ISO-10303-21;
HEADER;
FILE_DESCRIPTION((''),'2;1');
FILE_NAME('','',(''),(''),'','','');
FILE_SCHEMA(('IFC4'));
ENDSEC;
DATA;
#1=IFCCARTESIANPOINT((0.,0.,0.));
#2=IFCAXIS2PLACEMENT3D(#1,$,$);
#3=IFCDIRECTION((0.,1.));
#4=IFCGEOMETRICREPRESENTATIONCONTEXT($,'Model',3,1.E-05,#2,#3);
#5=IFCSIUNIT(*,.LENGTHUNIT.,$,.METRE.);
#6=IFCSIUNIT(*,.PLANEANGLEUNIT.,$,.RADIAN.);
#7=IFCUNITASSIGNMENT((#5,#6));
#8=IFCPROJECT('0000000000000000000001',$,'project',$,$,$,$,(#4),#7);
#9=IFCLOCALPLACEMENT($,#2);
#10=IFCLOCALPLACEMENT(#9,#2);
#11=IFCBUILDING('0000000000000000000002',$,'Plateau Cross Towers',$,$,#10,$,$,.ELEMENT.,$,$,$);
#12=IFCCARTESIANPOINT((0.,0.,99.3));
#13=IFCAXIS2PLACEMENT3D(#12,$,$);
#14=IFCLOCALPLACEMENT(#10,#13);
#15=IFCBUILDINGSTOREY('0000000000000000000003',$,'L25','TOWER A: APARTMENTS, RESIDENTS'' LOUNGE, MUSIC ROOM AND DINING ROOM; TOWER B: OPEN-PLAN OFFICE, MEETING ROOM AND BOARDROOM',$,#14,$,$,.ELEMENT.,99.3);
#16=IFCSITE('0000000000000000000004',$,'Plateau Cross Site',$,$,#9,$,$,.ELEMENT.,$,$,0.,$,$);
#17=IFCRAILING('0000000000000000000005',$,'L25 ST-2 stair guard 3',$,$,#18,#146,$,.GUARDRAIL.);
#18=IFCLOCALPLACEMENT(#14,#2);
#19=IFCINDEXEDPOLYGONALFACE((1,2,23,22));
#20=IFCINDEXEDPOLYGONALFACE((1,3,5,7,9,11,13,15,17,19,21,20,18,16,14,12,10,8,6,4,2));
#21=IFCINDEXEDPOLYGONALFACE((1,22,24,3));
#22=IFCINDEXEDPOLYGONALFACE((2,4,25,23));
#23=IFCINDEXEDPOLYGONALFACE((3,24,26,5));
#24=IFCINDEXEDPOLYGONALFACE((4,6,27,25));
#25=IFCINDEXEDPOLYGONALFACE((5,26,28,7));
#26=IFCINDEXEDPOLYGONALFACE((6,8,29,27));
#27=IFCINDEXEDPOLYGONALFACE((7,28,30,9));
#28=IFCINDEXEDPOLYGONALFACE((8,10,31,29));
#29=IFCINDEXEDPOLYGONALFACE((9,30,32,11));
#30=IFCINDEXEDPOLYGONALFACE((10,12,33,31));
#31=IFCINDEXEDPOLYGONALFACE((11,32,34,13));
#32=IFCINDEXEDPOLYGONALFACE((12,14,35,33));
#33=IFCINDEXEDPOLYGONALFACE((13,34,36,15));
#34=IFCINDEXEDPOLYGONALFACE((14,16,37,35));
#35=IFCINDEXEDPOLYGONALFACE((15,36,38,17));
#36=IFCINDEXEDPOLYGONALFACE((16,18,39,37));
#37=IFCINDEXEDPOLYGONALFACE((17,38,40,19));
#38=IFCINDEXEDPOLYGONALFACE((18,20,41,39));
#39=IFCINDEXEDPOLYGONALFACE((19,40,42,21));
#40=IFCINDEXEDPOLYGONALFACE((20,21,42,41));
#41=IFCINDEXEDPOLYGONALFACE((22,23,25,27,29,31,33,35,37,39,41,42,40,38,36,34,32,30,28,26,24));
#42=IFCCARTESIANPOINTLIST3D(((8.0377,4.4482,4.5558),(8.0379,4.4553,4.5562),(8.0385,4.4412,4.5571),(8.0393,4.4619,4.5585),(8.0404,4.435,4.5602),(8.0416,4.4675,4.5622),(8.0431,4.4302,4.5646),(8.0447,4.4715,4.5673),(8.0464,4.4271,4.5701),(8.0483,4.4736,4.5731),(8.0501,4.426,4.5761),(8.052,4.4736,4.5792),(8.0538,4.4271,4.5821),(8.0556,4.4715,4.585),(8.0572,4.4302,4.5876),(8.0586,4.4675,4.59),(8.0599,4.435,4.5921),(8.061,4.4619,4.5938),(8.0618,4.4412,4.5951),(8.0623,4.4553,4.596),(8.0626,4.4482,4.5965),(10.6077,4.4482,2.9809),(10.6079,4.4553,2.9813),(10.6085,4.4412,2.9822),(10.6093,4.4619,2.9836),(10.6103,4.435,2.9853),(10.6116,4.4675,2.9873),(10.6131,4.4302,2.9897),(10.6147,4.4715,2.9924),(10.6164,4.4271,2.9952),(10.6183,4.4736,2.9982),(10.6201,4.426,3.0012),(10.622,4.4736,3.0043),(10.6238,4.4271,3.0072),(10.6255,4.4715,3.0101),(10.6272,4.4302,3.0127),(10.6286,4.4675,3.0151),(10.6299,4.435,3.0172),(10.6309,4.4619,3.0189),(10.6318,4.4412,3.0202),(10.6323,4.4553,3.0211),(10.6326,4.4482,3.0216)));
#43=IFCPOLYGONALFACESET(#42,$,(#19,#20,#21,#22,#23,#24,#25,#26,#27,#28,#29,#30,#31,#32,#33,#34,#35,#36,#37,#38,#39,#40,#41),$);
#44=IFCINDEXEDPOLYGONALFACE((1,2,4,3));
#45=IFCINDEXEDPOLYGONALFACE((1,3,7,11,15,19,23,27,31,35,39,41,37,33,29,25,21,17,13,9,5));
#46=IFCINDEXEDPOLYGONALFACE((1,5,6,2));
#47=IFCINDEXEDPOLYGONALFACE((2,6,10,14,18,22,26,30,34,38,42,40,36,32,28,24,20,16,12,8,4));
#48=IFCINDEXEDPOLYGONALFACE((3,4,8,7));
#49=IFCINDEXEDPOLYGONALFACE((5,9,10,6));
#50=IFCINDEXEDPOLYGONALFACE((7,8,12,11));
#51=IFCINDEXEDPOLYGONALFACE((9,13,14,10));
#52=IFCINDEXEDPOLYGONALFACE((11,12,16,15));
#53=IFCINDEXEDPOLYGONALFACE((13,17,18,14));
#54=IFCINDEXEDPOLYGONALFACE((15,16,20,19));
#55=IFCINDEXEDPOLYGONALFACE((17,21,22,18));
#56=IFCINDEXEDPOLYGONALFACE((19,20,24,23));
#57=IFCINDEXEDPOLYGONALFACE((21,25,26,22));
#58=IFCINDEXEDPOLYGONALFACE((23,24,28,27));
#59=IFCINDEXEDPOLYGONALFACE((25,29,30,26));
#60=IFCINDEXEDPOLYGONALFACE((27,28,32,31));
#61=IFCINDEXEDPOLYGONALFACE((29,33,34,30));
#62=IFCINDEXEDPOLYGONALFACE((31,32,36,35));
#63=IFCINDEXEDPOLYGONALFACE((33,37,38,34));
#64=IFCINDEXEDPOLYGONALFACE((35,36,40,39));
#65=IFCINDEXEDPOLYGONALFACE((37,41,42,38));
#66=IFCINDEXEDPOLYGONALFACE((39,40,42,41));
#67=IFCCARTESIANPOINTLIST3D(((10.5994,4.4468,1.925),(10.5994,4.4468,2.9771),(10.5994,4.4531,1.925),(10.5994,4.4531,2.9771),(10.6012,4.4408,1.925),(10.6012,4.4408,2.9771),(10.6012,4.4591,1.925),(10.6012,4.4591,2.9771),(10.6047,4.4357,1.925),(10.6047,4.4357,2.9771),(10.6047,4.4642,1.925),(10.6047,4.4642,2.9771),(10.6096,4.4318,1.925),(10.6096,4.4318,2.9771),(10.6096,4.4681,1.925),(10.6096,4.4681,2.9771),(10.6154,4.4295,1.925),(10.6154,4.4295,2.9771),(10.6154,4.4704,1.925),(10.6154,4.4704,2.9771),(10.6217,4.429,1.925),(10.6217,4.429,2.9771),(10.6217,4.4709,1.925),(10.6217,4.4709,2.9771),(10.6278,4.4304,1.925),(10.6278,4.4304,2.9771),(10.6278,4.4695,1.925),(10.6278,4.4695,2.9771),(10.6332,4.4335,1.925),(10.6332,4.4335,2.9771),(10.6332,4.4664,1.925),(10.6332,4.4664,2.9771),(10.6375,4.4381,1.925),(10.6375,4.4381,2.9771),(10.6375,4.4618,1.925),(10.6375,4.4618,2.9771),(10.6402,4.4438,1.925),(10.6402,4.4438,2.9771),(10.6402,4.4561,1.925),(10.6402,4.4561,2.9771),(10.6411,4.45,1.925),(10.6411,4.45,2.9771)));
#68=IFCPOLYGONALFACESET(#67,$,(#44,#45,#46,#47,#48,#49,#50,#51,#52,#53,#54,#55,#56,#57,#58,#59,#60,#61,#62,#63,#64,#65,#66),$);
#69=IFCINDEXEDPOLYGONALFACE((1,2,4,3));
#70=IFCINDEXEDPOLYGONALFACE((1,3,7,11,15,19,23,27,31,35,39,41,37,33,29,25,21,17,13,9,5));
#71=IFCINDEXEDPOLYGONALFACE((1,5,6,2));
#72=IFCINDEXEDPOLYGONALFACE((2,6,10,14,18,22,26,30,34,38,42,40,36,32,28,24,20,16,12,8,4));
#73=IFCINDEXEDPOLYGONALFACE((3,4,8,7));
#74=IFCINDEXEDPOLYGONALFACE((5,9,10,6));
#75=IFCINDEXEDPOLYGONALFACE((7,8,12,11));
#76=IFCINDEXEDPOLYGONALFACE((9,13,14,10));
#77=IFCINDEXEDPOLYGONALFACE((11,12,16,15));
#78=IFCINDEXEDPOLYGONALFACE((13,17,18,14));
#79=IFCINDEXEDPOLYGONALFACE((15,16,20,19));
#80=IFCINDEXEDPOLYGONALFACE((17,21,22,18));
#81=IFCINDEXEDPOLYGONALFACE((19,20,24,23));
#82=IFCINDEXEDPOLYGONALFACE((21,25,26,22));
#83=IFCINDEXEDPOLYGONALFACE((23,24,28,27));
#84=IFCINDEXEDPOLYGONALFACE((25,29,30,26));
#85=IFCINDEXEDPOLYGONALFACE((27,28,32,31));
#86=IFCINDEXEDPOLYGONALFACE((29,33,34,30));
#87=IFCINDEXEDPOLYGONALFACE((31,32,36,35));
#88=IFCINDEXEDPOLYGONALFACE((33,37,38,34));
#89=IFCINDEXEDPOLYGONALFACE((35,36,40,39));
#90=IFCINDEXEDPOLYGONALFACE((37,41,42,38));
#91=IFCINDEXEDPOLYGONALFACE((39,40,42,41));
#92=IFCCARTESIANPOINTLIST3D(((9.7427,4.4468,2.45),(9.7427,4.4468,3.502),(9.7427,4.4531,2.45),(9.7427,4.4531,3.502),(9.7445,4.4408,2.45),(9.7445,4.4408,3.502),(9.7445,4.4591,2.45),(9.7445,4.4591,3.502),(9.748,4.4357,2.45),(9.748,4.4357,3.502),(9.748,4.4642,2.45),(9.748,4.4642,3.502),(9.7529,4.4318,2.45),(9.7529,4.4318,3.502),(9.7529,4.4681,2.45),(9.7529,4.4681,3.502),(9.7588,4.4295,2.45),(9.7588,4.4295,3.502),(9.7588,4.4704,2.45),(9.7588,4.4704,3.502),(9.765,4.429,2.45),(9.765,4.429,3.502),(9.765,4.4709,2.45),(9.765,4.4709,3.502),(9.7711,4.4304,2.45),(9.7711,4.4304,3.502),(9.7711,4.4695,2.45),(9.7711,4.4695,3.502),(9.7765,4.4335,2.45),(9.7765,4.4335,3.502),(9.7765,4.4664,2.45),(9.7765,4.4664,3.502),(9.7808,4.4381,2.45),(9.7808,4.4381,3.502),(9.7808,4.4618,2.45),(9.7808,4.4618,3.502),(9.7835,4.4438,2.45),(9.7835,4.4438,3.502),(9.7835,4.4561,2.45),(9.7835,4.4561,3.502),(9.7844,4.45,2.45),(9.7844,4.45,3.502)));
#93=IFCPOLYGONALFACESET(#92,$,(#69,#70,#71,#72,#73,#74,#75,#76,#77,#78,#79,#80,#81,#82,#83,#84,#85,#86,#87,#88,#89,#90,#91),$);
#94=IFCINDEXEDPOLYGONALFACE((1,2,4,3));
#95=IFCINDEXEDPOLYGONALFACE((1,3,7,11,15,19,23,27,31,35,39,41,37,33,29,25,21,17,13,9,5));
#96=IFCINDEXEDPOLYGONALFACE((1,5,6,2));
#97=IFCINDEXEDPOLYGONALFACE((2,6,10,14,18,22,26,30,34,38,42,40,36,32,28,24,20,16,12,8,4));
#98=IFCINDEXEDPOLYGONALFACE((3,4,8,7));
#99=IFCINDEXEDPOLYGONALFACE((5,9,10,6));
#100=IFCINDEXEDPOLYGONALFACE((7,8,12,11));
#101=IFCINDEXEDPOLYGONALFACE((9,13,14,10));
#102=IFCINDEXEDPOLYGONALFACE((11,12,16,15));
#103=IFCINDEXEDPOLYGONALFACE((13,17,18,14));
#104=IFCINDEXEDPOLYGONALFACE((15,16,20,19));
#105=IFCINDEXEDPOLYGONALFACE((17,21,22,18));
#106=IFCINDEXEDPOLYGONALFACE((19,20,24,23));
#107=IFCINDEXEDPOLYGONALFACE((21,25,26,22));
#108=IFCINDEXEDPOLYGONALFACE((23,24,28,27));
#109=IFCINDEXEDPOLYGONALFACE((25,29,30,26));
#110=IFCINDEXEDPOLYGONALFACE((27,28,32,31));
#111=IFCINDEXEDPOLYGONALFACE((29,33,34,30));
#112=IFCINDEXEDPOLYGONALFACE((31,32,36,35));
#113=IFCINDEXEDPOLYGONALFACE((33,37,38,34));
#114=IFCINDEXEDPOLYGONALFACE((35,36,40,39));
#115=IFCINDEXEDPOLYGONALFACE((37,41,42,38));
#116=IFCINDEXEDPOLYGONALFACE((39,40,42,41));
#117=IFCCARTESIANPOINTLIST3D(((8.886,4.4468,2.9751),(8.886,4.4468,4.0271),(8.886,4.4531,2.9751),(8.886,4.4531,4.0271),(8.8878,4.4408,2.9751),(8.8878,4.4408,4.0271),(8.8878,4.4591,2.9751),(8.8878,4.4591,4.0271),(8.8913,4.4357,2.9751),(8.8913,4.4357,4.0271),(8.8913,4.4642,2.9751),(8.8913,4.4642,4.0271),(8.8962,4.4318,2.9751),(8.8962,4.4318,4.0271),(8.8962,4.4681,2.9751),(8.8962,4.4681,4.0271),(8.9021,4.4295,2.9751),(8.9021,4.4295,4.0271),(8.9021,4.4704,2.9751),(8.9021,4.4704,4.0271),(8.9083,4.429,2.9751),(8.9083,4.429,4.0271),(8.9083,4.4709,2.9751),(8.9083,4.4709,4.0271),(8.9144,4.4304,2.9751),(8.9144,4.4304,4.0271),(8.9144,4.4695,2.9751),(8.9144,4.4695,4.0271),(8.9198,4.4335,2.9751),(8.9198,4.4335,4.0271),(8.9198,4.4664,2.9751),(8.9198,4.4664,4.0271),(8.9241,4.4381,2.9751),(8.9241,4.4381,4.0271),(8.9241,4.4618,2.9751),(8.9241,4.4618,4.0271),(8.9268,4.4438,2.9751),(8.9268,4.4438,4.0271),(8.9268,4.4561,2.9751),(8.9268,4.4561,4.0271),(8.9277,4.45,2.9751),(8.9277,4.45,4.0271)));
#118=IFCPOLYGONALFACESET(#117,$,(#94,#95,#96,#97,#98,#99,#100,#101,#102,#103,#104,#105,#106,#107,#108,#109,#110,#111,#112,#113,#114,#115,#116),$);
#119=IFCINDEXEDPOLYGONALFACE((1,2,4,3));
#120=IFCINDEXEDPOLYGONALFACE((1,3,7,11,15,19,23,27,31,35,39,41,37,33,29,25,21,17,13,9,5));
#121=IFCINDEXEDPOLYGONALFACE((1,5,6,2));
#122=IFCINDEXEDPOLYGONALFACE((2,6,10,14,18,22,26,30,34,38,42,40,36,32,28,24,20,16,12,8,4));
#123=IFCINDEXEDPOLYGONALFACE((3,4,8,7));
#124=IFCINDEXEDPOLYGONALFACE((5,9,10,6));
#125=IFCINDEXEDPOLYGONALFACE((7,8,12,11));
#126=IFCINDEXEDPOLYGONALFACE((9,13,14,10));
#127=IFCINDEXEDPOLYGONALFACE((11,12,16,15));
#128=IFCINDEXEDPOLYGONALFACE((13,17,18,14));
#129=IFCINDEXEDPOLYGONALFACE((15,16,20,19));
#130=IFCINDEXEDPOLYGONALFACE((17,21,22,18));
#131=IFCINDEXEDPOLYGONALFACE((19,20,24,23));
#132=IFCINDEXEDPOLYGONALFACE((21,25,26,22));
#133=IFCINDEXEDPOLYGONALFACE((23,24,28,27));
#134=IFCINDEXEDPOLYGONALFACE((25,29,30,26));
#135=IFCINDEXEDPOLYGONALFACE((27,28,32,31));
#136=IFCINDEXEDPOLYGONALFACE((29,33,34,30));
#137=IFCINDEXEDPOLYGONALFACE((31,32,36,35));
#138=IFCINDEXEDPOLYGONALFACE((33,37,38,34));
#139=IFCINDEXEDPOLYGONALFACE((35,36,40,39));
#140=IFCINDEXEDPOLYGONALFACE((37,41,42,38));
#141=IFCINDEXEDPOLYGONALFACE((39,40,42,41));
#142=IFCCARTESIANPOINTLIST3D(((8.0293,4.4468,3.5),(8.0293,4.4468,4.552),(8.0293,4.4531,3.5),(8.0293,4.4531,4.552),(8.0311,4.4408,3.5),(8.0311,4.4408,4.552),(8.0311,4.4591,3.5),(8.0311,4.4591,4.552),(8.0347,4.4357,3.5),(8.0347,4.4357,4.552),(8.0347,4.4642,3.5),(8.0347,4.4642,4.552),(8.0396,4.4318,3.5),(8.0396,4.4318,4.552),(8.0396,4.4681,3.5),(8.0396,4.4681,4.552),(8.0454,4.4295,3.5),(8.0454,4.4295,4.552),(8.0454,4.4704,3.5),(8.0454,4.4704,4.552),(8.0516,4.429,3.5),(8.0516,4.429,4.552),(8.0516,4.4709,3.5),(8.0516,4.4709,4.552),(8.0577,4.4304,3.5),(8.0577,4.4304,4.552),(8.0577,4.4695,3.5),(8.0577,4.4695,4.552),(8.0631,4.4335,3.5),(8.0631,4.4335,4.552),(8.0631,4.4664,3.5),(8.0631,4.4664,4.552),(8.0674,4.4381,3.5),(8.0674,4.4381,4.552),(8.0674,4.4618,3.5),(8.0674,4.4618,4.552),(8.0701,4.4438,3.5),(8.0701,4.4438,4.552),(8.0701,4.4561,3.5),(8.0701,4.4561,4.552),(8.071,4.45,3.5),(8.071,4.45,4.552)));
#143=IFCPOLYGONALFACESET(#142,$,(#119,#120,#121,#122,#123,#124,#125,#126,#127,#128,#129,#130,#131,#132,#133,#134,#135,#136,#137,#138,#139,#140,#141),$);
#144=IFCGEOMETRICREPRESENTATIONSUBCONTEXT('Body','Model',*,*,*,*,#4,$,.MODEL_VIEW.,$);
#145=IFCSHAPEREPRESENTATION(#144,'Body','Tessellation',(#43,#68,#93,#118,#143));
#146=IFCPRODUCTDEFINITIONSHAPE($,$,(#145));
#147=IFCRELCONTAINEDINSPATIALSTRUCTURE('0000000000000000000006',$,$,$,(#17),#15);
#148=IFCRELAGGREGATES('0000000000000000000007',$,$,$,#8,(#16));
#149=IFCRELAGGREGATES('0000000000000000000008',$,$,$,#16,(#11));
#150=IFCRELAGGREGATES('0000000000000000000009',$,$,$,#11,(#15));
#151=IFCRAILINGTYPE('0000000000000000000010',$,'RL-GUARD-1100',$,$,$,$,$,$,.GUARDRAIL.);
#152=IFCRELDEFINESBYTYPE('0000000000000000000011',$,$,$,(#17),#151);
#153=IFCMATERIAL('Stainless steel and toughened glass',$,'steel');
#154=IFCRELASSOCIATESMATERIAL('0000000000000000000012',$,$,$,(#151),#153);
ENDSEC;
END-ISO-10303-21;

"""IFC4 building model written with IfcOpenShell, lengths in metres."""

from ifc_helpers import new_model, si_unit, direction, frame, origin, origin_2d, place, context, subcontext, project, spatial, circle, extrude, material, type_object, element, save


model = new_model("IFC4")

# Units and contexts
model_context = context("Model", 3, precision=1e-05, world=origin(), true_north=direction((0.0, 1.0)))
body_context = subcontext(model_context, "Body", "Model", "MODEL_VIEW")
ifc_project = project(units=[si_unit("LENGTHUNIT", "METRE"), si_unit("PLANEANGLEUNIT", "RADIAN")], contexts=[model_context])

# Site, building, storey
site_placement = place(None, origin())
site = spatial("IfcSite", under=ifc_project, at=site_placement, Name="Plateau Cross Site", CompositionType="ELEMENT", RefElevation=0.0)
building_placement = place(site_placement, origin())
building = spatial("IfcBuilding", under=site, at=building_placement, Name="Plateau Cross Towers", CompositionType="ELEMENT")
storey_placement = place(building_placement, frame((0.0, 0.0, 99.3)))
storey = spatial("IfcBuildingStorey", under=building, at=storey_placement, Name="L25", Description="TOWER A: APARTMENTS, RESIDENTS' LOUNGE, MUSIC ROOM AND DINING ROOM; TOWER B: OPEN-PLAN OFFICE, MEETING ROOM AND BOARDROOM", CompositionType="ELEMENT", Elevation=99.3)

# Railing
ifc_material_1 = material(Name="Stainless steel and toughened glass", Category="steel")
railing_type_1 = type_object("IfcRailingType", Name="RL-GUARD-1100", PredefinedType="GUARDRAIL", material=ifc_material_1)
railing_1_placement = place(storey_placement, frame((10.6201, 4.45, 1.925)))
element("IfcRailing", 1, at=railing_1_placement, inside=storey, type_object=railing_type_1, Name="L25 ST-2 stair guard 3", PredefinedType="GUARDRAIL", context=body_context, shape_type="SweptSolid", body=[
    extrude(circle(Radius=0.0239, at=origin_2d()), frame((0.0, 0.0, 1.0762), z_axis=(-0.852639, 0.0, 0.522501), x_axis=(0.0, -1.0, 0.0)), (0.0, 0.0, 1.0), 3.0142),
    extrude(circle(Radius=0.021, at=origin_2d()), origin(), (0.0, 0.0, 1.0), 1.052),
    extrude(circle(Radius=0.021, at=origin_2d()), frame((-0.8567, 0.0, 0.5249)), (0.0, 0.0, 1.0), 1.052),
    extrude(circle(Radius=0.021, at=origin_2d()), frame((-1.7134, 0.0, 1.05)), (0.0, 0.0, 1.0), 1.052),
    extrude(circle(Radius=0.021, at=origin_2d()), frame((-2.5701, 0.0, 1.575)), (0.0, 0.0, 1.0), 1.052),
])

save(model, "model.ifc")
